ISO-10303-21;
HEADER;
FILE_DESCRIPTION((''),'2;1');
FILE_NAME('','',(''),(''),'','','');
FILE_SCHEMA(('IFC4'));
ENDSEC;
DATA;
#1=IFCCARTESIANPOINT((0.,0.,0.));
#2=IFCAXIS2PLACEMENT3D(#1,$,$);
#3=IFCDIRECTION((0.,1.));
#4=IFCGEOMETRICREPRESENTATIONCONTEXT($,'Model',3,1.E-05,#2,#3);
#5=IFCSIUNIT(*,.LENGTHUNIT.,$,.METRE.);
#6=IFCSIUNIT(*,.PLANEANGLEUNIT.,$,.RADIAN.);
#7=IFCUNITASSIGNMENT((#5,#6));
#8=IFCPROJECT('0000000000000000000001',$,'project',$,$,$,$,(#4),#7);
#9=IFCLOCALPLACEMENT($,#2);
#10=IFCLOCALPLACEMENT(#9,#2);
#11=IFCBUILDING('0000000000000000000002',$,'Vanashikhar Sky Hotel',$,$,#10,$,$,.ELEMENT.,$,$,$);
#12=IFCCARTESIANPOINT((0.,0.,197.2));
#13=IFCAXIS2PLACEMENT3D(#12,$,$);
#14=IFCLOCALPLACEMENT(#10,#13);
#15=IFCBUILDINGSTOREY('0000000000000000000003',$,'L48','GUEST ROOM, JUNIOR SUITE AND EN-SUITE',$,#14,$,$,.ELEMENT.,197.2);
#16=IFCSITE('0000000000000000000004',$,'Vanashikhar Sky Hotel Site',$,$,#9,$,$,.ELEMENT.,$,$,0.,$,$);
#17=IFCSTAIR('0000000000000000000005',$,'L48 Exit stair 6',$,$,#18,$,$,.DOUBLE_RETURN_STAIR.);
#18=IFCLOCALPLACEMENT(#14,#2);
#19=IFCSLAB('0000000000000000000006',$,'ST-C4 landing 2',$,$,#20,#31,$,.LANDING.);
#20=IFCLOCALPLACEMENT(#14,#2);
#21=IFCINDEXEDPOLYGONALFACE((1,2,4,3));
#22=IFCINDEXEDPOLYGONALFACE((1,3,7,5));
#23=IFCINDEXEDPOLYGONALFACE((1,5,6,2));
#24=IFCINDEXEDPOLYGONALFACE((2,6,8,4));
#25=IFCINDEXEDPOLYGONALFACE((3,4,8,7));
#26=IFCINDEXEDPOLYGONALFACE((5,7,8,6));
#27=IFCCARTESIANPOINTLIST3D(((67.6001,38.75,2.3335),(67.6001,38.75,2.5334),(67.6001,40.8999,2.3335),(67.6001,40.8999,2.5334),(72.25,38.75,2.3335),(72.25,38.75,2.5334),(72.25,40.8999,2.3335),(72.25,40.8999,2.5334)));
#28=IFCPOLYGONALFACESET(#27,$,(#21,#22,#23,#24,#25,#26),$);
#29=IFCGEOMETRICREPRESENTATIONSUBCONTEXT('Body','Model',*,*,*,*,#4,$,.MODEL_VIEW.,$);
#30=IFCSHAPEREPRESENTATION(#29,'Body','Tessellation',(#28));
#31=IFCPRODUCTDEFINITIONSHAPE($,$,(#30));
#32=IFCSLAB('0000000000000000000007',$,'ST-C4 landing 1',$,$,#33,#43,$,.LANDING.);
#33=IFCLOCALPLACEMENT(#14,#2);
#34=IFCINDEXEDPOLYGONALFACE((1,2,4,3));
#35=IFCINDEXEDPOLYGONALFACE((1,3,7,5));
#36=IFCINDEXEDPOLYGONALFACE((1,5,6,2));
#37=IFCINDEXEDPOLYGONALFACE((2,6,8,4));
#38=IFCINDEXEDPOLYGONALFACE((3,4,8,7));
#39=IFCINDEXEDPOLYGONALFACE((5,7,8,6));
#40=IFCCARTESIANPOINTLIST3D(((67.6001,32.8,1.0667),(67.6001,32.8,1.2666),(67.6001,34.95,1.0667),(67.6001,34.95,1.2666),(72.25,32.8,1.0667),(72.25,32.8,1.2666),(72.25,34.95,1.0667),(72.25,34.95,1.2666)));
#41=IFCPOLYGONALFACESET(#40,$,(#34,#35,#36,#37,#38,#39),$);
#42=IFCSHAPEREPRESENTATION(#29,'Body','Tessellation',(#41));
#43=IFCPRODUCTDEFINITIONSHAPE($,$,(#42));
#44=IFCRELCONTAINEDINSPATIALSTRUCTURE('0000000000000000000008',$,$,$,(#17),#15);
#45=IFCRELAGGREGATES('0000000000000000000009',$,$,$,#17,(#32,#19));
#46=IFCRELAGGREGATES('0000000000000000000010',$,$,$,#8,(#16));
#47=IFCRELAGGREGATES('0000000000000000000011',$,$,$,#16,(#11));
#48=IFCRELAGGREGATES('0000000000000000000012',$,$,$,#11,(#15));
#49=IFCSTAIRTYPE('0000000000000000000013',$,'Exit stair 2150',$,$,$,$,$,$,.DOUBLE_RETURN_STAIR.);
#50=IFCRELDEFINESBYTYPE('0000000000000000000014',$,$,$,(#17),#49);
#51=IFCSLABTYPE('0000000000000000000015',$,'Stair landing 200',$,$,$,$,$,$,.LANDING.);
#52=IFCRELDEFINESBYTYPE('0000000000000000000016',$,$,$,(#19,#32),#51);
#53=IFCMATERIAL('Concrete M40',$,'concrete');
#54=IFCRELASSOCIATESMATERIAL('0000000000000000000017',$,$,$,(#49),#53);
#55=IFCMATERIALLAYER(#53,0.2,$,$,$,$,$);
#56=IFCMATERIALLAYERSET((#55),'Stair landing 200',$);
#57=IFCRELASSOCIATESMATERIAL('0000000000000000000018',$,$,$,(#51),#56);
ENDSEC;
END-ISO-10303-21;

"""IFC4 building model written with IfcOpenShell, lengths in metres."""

from ifc_helpers import new_model, si_unit, direction, frame, origin, place, context, subcontext, project, spatial, polyline, outline, extrude, source, transform, mapped, material, layer, layer_set, type_object, element, aggregate, save


model = new_model("IFC4")

# Units and contexts
model_context = context("Model", 3, precision=1e-05, world=origin(), true_north=direction((0.0, 1.0)))
body_context = subcontext(model_context, "Body", "Model", "MODEL_VIEW")
ifc_project = project(units=[si_unit("LENGTHUNIT", "METRE"), si_unit("PLANEANGLEUNIT", "RADIAN")], contexts=[model_context])

# Site, building, storey
site_placement = place(None, origin())
site = spatial("IfcSite", under=ifc_project, at=site_placement, Name="Vanashikhar Sky Hotel Site", CompositionType="ELEMENT", RefElevation=0.0)
building_placement = place(site_placement, origin())
building = spatial("IfcBuilding", under=site, at=building_placement, Name="Vanashikhar Sky Hotel", CompositionType="ELEMENT")
storey_placement = place(building_placement, frame((0.0, 0.0, 197.2)))
storey = spatial("IfcBuildingStorey", under=building, at=storey_placement, Name="L48", Description="GUEST ROOM, JUNIOR SUITE AND EN-SUITE", CompositionType="ELEMENT", Elevation=197.2)

# Shared definitions
ifc_material = material(Name="Concrete M40", Category="concrete")

# Shared definitions
stair_type = type_object("IfcStairType", Name="Exit stair 2150", PredefinedType="DOUBLE_RETURN_STAIR", material=ifc_material)
ifc_layer_1 = layer(ifc_material, 0.2)
ifc_layer_set_1 = layer_set([ifc_layer_1], Name="Stair landing 200")
slab_type_1 = type_object("IfcSlabType", Name="Stair landing 200", PredefinedType="LANDING", material=ifc_layer_set_1)

# Stair, slabs
stair_1_placement = place(storey_placement, origin())
stair_1 = element("IfcStair", 1, at=stair_1_placement, inside=storey, type_object=stair_type, Name="L48 Exit stair 6", PredefinedType="DOUBLE_RETURN_STAIR")
shared_shape_1 = source(origin(), body_context, "Body", "SweptSolid", [
    extrude(outline(polyline([(72.25, 38.75), (72.25, 40.8999), (67.6001, 40.8999), (67.6001, 38.75), (72.25, 38.75)])), origin(), (0.0, 0.0, 1.0), 0.2),
])
slab_1_placement = place(storey_placement, frame((0.0, 0.0, 2.3335)))
slab_1 = element("IfcSlab", 2, at=slab_1_placement, type_object=slab_type_1, Name="ST-C4 landing 2", PredefinedType="LANDING", context=body_context, shape_type="MappedRepresentation", body=[
    mapped(shared_shape_1, transform((0.0, 0.0, 0.0), scale=1.0)),
])
shared_shape_2 = source(origin(), body_context, "Body", "SweptSolid", [
    extrude(outline(polyline([(72.25, 32.8), (72.25, 34.95), (67.6001, 34.95), (67.6001, 32.8), (72.25, 32.8)])), origin(), (0.0, 0.0, 1.0), 0.2),
])
slab_2_placement = place(storey_placement, frame((0.0, 0.0, 1.0667)))
slab_2 = element("IfcSlab", 3, at=slab_2_placement, type_object=slab_type_1, Name="ST-C4 landing 1", PredefinedType="LANDING", context=body_context, shape_type="MappedRepresentation", body=[
    mapped(shared_shape_2, transform((0.0, 0.0, 0.0), scale=1.0)),
])
aggregate(stair_1, [slab_2, slab_1])

save(model, "model.ifc")
